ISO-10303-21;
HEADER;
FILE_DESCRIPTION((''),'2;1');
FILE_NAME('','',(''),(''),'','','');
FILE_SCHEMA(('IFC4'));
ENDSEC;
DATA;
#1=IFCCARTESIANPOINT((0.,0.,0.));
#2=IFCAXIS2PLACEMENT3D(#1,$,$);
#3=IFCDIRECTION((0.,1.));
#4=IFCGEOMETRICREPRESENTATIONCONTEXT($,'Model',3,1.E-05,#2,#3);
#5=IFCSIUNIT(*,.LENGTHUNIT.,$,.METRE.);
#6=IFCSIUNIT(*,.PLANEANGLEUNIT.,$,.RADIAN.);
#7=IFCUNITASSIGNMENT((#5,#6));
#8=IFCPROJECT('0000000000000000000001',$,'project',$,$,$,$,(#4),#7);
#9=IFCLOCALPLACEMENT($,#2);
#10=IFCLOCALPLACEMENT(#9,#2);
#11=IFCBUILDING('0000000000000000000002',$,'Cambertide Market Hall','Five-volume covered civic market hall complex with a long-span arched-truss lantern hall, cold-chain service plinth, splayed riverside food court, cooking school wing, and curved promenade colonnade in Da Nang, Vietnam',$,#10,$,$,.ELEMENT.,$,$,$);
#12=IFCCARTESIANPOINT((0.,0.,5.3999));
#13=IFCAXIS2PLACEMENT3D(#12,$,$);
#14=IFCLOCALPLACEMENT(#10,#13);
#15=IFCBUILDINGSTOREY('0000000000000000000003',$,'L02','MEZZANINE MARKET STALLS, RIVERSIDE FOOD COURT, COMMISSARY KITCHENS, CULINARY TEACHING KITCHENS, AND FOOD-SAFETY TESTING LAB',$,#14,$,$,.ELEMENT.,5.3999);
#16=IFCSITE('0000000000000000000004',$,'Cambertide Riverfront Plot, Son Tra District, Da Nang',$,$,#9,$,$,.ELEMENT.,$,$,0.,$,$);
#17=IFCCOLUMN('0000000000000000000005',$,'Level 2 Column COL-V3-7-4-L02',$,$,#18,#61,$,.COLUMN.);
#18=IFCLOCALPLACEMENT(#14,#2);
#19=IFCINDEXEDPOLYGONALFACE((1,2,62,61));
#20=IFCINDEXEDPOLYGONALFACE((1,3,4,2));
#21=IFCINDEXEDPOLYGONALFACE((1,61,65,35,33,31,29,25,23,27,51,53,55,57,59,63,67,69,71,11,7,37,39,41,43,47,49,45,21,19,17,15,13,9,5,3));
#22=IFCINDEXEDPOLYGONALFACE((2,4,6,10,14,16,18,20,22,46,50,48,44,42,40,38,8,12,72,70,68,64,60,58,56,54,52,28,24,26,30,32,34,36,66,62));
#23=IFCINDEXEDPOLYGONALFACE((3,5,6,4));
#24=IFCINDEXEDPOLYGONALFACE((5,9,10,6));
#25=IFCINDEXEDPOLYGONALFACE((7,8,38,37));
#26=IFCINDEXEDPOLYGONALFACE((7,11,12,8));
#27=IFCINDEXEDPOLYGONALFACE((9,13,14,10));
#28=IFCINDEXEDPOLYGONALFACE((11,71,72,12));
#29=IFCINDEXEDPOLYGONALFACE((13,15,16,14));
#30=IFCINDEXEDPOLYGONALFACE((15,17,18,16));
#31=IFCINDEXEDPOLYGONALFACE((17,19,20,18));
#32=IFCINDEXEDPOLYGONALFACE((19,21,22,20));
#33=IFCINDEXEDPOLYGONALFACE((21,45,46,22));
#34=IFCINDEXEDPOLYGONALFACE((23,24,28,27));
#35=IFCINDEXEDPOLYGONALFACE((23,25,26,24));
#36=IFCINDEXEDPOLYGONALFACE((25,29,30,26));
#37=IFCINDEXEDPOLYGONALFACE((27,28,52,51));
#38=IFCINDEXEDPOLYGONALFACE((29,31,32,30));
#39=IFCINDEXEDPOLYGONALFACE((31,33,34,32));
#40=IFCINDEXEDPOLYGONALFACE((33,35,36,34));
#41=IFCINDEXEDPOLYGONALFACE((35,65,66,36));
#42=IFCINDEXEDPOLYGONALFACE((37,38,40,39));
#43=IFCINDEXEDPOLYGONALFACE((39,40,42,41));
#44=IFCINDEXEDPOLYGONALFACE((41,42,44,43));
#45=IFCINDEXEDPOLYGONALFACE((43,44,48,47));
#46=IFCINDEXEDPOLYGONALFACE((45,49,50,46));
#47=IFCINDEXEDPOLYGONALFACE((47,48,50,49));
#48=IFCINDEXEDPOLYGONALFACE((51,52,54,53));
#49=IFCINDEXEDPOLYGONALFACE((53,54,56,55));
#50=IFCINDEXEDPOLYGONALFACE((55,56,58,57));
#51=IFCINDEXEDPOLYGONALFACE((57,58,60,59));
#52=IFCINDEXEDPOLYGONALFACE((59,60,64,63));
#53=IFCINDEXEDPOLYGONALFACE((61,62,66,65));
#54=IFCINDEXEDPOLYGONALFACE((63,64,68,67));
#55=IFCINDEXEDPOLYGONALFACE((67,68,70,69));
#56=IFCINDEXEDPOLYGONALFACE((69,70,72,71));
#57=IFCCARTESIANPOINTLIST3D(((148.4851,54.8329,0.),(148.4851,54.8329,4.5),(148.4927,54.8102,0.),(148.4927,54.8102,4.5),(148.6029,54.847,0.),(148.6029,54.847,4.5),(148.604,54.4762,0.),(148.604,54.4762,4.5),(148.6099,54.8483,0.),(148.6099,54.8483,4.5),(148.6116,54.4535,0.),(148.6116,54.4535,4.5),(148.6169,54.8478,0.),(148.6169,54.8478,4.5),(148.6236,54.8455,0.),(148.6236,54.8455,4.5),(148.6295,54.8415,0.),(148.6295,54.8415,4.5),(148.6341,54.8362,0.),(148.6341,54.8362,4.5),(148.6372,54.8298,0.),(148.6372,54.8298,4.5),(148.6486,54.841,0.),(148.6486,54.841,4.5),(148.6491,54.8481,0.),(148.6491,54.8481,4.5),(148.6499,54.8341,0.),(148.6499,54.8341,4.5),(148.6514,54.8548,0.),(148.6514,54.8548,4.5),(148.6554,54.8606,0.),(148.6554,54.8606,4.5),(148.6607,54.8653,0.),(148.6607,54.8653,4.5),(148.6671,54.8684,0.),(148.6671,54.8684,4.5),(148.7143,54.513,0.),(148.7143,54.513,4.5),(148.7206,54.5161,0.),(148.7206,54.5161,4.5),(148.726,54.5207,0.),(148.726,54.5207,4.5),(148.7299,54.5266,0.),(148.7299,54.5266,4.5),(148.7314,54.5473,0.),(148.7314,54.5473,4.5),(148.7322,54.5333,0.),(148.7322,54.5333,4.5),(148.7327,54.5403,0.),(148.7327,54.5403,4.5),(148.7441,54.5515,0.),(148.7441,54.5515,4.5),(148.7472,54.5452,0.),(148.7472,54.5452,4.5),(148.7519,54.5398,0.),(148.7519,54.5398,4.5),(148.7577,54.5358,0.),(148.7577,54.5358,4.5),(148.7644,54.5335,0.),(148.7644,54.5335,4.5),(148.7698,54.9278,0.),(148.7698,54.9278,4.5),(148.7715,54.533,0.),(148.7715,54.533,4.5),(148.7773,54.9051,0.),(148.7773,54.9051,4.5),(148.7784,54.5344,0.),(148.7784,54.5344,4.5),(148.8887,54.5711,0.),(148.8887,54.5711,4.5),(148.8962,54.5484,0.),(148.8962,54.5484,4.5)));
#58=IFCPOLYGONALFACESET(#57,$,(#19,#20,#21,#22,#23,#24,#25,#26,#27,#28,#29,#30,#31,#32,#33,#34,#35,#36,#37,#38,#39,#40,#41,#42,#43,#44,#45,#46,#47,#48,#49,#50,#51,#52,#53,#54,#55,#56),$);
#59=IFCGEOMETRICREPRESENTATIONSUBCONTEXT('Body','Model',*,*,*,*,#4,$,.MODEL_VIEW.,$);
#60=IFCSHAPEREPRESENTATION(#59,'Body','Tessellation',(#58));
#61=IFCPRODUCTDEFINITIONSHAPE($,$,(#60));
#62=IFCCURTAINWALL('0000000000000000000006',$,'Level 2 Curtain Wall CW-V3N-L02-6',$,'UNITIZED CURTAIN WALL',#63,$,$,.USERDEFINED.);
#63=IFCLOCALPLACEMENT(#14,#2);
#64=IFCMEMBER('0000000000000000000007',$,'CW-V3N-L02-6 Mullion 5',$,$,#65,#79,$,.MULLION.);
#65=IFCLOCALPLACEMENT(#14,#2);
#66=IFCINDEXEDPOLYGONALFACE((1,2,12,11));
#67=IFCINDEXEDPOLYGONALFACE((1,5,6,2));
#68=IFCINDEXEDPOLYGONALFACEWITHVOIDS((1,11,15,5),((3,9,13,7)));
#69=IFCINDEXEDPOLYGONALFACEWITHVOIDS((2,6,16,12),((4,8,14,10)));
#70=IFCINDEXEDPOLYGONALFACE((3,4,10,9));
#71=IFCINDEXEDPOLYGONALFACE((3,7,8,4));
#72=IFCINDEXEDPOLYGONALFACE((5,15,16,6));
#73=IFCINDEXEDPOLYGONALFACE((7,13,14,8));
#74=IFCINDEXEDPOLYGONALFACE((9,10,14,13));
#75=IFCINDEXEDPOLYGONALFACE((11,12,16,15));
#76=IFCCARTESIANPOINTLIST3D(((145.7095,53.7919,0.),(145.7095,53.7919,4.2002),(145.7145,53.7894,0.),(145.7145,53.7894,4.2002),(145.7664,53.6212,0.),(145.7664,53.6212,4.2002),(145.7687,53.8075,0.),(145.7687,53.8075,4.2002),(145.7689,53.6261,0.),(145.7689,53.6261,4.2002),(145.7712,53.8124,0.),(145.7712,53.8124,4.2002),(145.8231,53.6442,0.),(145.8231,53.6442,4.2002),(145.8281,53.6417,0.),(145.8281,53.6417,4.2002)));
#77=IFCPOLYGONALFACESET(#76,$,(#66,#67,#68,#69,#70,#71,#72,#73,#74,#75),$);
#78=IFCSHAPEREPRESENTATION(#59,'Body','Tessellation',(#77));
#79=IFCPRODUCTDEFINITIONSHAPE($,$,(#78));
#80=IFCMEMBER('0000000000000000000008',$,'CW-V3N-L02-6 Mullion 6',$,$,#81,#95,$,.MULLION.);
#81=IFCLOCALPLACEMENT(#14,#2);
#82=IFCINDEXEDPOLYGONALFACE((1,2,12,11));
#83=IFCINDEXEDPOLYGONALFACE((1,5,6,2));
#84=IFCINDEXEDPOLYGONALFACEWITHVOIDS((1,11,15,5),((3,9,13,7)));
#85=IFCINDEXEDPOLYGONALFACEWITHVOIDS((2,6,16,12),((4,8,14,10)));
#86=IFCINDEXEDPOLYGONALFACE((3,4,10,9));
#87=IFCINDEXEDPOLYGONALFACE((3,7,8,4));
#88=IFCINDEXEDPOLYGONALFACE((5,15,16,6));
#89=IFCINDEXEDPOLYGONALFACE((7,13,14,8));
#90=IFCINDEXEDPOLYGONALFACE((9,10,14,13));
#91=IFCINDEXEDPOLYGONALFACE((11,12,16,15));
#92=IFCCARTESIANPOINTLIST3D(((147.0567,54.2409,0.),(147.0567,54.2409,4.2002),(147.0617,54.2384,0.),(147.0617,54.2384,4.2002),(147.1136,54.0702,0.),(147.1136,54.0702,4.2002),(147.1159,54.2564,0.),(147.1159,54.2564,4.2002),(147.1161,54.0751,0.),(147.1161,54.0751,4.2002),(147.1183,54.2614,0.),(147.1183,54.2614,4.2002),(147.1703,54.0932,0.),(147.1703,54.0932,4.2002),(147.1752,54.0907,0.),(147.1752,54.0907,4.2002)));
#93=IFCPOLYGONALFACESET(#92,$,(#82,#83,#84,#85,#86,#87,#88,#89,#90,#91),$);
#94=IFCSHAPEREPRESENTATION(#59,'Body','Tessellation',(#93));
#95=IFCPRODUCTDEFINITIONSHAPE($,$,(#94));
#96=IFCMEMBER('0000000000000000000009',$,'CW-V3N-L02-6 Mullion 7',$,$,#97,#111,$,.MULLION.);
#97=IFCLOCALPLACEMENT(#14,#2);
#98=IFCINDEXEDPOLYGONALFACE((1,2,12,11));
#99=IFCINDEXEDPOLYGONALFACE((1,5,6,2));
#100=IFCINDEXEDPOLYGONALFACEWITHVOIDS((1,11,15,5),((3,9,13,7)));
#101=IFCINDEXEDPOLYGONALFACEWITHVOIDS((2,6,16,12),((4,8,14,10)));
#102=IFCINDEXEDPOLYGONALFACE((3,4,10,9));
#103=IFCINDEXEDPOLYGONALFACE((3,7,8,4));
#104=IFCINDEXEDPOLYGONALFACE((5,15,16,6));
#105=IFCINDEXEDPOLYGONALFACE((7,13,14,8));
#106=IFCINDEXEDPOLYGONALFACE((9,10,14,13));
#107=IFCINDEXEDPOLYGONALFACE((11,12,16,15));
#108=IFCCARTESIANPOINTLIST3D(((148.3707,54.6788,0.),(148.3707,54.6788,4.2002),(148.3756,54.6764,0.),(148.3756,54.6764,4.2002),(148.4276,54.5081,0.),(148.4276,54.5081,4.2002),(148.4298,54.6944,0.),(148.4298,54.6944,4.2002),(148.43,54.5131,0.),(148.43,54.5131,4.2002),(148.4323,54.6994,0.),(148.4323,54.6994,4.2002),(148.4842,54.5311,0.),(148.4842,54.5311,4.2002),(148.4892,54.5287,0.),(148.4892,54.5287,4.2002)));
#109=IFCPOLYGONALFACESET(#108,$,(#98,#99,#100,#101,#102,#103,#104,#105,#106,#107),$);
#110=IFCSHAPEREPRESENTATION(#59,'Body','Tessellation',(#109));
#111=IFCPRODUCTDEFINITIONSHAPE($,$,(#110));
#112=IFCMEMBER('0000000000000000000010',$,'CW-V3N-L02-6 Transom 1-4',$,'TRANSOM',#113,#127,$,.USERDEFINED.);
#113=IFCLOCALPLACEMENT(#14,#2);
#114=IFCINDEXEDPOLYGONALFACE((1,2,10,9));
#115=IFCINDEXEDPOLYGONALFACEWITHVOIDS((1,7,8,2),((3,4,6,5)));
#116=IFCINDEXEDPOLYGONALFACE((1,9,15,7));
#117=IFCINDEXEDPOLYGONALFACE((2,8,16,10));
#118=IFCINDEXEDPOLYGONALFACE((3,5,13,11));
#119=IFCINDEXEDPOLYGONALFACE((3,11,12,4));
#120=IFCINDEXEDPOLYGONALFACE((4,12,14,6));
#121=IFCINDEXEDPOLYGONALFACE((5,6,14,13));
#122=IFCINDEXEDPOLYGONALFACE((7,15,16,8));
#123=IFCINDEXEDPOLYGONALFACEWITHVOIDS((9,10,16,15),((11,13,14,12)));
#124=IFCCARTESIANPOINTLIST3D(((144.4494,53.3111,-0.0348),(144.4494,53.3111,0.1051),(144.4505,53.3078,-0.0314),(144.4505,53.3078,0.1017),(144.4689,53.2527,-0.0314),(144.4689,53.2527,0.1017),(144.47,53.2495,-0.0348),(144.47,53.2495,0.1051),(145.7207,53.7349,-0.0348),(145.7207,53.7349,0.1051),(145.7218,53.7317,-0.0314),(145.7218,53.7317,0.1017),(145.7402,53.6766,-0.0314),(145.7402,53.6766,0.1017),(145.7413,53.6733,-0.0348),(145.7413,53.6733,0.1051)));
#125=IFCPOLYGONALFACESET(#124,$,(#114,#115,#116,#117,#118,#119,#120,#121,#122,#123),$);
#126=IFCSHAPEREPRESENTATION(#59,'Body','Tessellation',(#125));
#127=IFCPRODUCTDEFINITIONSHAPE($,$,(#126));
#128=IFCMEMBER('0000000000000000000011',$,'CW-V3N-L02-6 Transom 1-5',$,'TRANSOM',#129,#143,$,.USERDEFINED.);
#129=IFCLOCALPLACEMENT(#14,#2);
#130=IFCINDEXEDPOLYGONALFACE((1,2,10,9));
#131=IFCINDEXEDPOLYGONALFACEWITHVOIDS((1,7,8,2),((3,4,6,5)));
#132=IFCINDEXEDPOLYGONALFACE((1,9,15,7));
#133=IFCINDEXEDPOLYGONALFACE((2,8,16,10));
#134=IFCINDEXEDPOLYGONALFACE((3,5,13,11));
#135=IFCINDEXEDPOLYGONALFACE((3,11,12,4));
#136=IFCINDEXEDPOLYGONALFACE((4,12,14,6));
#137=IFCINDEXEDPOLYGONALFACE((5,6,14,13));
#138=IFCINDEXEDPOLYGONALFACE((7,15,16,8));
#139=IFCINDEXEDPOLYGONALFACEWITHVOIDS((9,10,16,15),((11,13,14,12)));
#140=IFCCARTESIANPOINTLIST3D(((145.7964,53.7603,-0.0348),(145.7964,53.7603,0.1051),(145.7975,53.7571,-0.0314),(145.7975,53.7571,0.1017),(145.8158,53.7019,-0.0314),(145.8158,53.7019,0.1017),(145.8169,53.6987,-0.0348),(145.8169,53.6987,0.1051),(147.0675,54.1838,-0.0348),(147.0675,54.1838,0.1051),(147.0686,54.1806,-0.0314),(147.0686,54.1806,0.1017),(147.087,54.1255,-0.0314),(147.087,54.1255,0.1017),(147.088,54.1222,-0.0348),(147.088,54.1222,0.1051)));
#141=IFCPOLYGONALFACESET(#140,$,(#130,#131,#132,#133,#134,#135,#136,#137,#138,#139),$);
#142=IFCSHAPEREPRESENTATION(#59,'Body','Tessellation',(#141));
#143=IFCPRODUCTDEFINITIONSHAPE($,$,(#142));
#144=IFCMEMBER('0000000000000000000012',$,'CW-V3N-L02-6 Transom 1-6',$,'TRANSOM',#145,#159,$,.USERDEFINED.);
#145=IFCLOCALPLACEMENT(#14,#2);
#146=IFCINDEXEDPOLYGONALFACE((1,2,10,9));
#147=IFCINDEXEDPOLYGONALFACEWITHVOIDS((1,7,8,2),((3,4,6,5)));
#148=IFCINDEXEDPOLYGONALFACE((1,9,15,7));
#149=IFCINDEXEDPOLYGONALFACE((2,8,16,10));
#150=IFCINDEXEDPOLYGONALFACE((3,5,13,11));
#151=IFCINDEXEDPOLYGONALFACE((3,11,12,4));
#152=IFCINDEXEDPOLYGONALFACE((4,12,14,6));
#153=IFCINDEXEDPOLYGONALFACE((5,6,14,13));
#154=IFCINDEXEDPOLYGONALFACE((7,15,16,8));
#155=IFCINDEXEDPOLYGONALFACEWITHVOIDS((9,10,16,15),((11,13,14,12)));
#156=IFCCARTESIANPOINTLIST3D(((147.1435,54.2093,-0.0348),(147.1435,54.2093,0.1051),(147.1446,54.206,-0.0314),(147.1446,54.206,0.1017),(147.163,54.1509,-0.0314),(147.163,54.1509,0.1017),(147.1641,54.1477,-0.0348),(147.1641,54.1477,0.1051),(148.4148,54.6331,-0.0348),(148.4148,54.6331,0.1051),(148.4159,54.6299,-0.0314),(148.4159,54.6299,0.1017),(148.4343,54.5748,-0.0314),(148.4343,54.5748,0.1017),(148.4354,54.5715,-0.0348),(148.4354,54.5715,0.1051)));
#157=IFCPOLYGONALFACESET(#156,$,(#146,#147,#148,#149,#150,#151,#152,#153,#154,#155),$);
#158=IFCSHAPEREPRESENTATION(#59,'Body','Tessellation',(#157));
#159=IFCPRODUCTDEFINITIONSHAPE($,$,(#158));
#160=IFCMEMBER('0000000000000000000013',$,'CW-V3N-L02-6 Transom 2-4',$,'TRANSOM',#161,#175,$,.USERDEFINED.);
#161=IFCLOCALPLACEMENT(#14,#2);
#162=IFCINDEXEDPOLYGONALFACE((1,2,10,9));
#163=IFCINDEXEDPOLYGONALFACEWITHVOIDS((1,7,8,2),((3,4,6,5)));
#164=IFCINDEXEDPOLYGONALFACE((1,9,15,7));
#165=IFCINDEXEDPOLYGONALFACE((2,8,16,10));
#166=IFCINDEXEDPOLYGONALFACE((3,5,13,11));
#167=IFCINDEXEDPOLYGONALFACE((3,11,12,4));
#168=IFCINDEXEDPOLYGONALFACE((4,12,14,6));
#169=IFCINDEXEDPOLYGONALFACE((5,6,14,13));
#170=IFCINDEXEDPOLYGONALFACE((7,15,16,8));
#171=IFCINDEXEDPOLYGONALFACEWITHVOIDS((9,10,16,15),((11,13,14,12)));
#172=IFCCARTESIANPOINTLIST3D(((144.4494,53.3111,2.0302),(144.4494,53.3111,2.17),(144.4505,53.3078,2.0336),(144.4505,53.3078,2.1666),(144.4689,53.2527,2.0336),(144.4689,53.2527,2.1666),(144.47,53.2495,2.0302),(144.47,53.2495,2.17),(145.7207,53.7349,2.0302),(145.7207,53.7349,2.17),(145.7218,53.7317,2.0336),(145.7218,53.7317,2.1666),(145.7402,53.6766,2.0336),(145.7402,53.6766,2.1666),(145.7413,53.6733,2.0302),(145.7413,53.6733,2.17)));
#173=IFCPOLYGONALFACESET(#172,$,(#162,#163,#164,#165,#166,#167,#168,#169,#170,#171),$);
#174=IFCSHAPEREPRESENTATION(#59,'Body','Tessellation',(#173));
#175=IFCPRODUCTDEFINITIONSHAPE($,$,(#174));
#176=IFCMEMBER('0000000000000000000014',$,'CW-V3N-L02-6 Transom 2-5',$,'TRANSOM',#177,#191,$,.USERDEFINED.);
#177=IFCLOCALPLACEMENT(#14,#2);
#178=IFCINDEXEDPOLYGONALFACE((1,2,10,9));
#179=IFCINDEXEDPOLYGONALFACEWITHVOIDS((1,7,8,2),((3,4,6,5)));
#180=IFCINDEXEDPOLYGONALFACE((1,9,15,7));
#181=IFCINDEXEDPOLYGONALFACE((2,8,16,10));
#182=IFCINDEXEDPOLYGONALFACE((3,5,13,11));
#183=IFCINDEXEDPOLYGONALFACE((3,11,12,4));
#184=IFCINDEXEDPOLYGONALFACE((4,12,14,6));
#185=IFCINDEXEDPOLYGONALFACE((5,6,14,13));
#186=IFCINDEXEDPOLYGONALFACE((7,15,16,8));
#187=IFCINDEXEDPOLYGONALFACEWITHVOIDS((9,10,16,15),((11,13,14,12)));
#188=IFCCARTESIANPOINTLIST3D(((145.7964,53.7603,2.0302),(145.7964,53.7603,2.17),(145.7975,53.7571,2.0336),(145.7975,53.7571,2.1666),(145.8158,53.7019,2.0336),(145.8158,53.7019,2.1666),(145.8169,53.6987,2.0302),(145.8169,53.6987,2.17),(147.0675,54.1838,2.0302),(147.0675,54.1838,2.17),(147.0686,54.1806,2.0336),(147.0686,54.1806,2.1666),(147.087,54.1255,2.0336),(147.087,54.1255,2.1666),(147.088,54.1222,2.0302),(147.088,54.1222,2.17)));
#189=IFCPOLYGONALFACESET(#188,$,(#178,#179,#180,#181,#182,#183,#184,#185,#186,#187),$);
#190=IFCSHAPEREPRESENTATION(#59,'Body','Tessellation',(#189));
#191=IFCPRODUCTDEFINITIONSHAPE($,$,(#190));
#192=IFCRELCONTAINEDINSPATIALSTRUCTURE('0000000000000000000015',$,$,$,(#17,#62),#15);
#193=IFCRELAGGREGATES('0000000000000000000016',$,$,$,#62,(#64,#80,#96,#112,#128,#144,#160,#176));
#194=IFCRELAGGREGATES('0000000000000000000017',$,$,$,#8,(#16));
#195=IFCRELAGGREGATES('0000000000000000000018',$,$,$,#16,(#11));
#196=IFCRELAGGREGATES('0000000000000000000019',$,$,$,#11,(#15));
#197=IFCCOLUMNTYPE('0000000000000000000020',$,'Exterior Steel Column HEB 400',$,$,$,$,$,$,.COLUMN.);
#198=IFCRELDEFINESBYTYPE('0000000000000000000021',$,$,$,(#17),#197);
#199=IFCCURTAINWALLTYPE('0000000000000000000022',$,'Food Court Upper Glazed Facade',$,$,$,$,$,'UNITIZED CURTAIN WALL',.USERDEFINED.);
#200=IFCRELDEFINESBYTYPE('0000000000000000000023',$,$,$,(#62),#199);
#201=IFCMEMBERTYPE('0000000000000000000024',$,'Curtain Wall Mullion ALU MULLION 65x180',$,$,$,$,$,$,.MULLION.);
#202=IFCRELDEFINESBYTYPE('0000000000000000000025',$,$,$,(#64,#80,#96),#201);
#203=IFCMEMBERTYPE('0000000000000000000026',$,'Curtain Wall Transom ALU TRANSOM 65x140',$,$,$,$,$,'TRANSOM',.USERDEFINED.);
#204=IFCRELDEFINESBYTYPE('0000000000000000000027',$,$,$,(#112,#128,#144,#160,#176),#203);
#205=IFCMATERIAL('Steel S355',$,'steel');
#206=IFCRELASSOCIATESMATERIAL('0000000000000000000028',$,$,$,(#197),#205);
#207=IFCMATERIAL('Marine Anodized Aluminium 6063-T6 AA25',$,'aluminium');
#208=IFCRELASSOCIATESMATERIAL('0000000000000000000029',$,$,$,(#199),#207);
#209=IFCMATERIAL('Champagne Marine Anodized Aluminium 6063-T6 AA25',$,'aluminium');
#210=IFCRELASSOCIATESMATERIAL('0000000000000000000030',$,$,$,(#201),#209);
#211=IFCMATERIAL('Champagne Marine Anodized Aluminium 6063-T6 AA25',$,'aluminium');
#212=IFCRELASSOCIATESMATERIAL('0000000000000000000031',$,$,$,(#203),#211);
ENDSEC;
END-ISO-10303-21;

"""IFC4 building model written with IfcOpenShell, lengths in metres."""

from ifc_helpers import new_model, si_unit, direction, frame, origin, origin_2d, place, context, subcontext, project, spatial, hollow_rectangle, i_section, extrude, material, material_profile, profile_set, type_object, element, aggregate, save


model = new_model("IFC4")

# Units and contexts
model_context = context("Model", 3, precision=1e-05, world=origin(), true_north=direction((0.0, 1.0)))
body_context = subcontext(model_context, "Body", "Model", "MODEL_VIEW")
ifc_project = project(units=[si_unit("LENGTHUNIT", "METRE"), si_unit("PLANEANGLEUNIT", "RADIAN")], contexts=[model_context])

# Site, building, storey
site_placement = place(None, origin())
site = spatial("IfcSite", under=ifc_project, at=site_placement, Name="Cambertide Riverfront Plot, Son Tra District, Da Nang", CompositionType="ELEMENT", RefElevation=0.0)
building_placement = place(site_placement, origin())
building = spatial("IfcBuilding", under=site, at=building_placement, Name="Cambertide Market Hall", Description="Five-volume covered civic market hall complex with a long-span arched-truss lantern hall, cold-chain service plinth, splayed riverside food court, cooking school wing, and curved promenade colonnade in Da Nang, Vietnam", CompositionType="ELEMENT")
storey_placement = place(building_placement, frame((0.0, 0.0, 5.3999)))
storey = spatial("IfcBuildingStorey", under=building, at=storey_placement, Name="L02", Description="MEZZANINE MARKET STALLS, RIVERSIDE FOOD COURT, COMMISSARY KITCHENS, CULINARY TEACHING KITCHENS, AND FOOD-SAFETY TESTING LAB", CompositionType="ELEMENT", Elevation=5.3999)

# Column
ifc_material_1 = material(Name="Steel S355", Category="steel")
ifc_material_profile_1 = material_profile(ifc_material_1, i_section(OverallWidth=0.3, OverallDepth=0.3999, WebThickness=0.0134, FlangeThickness=0.0239, FilletRadius=0.0271, at=origin_2d()), Name="HEB 400")
ifc_profile_set_1 = profile_set([ifc_material_profile_1], Name="Steel S355")
column_type = type_object("IfcColumnType", Name="Exterior Steel Column HEB 400", PredefinedType="COLUMN", material=ifc_profile_set_1)
column_placement = place(storey_placement, frame((148.6907, 54.6907, 0.0), z_axis=(0.0, 0.0, 1.0), x_axis=(0.948683, 0.316228, 0.0)))
element("IfcColumn", 1, at=column_placement, inside=storey, type_object=column_type, Name="Level 2 Column COL-V3-7-4-L02", PredefinedType="COLUMN", context=body_context, shape_type="SweptSolid", body=[
    extrude(i_section(OverallWidth=0.3, OverallDepth=0.3999, WebThickness=0.0134, FlangeThickness=0.0239, FilletRadius=0.0271, at=origin_2d()), origin(), (0.0, 0.0, 1.0), 4.5),
])

# Curtain wall, members
ifc_material_2 = material(Name="Marine Anodized Aluminium 6063-T6 AA25", Category="aluminium")
curtain_wall_type = type_object("IfcCurtainWallType", Name="Food Court Upper Glazed Facade", ElementType="UNITIZED CURTAIN WALL", PredefinedType="USERDEFINED", material=ifc_material_2)
curtain_wall_placement = place(storey_placement, origin())
curtain_wall = element("IfcCurtainWall", 2, at=curtain_wall_placement, inside=storey, type_object=curtain_wall_type, Name="Level 2 Curtain Wall CW-V3N-L02-6", ObjectType="UNITIZED CURTAIN WALL", PredefinedType="USERDEFINED")
ifc_material_3 = material(Name="Champagne Marine Anodized Aluminium 6063-T6 AA25", Category="aluminium")
ifc_material_profile_2 = material_profile(ifc_material_3, hollow_rectangle(XDim=0.0649, YDim=0.1799, WallThickness=0.0039, at=origin_2d()), Name="ALU MULLION 65x180")
ifc_profile_set_2 = profile_set([ifc_material_profile_2], Name="Champagne Marine Anodized Aluminium 6063-T6 AA25")
member_type_1 = type_object("IfcMemberType", Name="Curtain Wall Mullion ALU MULLION 65x180", PredefinedType="MULLION", material=ifc_profile_set_2)
member_1_placement = place(storey_placement, frame((145.7688, 53.7168, 0.0), z_axis=(0.0, 0.0, 1.0), x_axis=(0.948683, 0.316228, 0.0)))
member_1 = element("IfcMember", 3, at=member_1_placement, type_object=member_type_1, Name="CW-V3N-L02-6 Mullion 5", PredefinedType="MULLION", context=body_context, shape_type="SweptSolid", body=[
    extrude(hollow_rectangle(XDim=0.0649, YDim=0.1799, WallThickness=0.0039, at=origin_2d()), origin(), (0.0, 0.0, 1.0), 4.2002),
])
member_2_placement = place(storey_placement, frame((147.116, 54.1658, 0.0), z_axis=(0.0, 0.0, 1.0), x_axis=(0.948683, 0.316228, 0.0)))
member_2 = element("IfcMember", 4, at=member_2_placement, type_object=member_type_1, Name="CW-V3N-L02-6 Mullion 6", PredefinedType="MULLION", context=body_context, shape_type="SweptSolid", body=[
    extrude(hollow_rectangle(XDim=0.0649, YDim=0.1799, WallThickness=0.0039, at=origin_2d()), origin(), (0.0, 0.0, 1.0), 4.2002),
])
member_3_placement = place(storey_placement, frame((148.4299, 54.6038, 0.0), z_axis=(0.0, 0.0, 1.0), x_axis=(0.948683, 0.316228, 0.0)))
member_3 = element("IfcMember", 5, at=member_3_placement, type_object=member_type_1, Name="CW-V3N-L02-6 Mullion 7", PredefinedType="MULLION", context=body_context, shape_type="SweptSolid", body=[
    extrude(hollow_rectangle(XDim=0.0649, YDim=0.1799, WallThickness=0.0039, at=origin_2d()), origin(), (0.0, 0.0, 1.0), 4.2002),
])
ifc_material_4 = material(Name="Champagne Marine Anodized Aluminium 6063-T6 AA25", Category="aluminium")
ifc_material_profile_3 = material_profile(ifc_material_4, hollow_rectangle(XDim=0.0649, YDim=0.1399, WallThickness=0.0034, at=origin_2d()), Name="ALU TRANSOM 65x140")
ifc_profile_set_3 = profile_set([ifc_material_profile_3], Name="Champagne Marine Anodized Aluminium 6063-T6 AA25")
member_type_2 = type_object("IfcMemberType", Name="Curtain Wall Transom ALU TRANSOM 65x140", ElementType="TRANSOM", PredefinedType="USERDEFINED", material=ifc_profile_set_3)
member_4_placement = place(storey_placement, frame((144.4597, 53.2803, 0.0352), z_axis=(0.948665, 0.316282, 0.0), x_axis=(-0.316282, 0.948665, 0.0)))
member_4 = element("IfcMember", 6, at=member_4_placement, type_object=member_type_2, Name="CW-V3N-L02-6 Transom 1-4", ObjectType="TRANSOM", PredefinedType="USERDEFINED", context=body_context, shape_type="SweptSolid", body=[
    extrude(hollow_rectangle(XDim=0.0649, YDim=0.1399, WallThickness=0.0034, at=origin_2d()), origin(), (0.0, 0.0, 1.0), 1.3401),
])
member_5_placement = place(storey_placement, frame((145.8066, 53.7295, 0.0352), z_axis=(0.94872, 0.316118, 0.0), x_axis=(-0.316118, 0.94872, 0.0)))
member_5 = element("IfcMember", 7, at=member_5_placement, type_object=member_type_2, Name="CW-V3N-L02-6 Transom 1-5", ObjectType="TRANSOM", PredefinedType="USERDEFINED", context=body_context, shape_type="SweptSolid", body=[
    extrude(hollow_rectangle(XDim=0.0649, YDim=0.1399, WallThickness=0.0034, at=origin_2d()), origin(), (0.0, 0.0, 1.0), 1.3398),
])
member_6_placement = place(storey_placement, frame((147.1538, 54.1785, 0.0352), z_axis=(0.948665, 0.316282, 0.0), x_axis=(-0.316282, 0.948665, 0.0)))
member_6 = element("IfcMember", 8, at=member_6_placement, type_object=member_type_2, Name="CW-V3N-L02-6 Transom 1-6", ObjectType="TRANSOM", PredefinedType="USERDEFINED", context=body_context, shape_type="SweptSolid", body=[
    extrude(hollow_rectangle(XDim=0.0649, YDim=0.1399, WallThickness=0.0034, at=origin_2d()), origin(), (0.0, 0.0, 1.0), 1.3401),
])
member_7_placement = place(storey_placement, frame((144.4597, 53.2803, 2.1001), z_axis=(0.948665, 0.316282, 0.0), x_axis=(-0.316282, 0.948665, 0.0)))
member_7 = element("IfcMember", 9, at=member_7_placement, type_object=member_type_2, Name="CW-V3N-L02-6 Transom 2-4", ObjectType="TRANSOM", PredefinedType="USERDEFINED", context=body_context, shape_type="SweptSolid", body=[
    extrude(hollow_rectangle(XDim=0.0649, YDim=0.1399, WallThickness=0.0034, at=origin_2d()), origin(), (0.0, 0.0, 1.0), 1.3401),
])
member_8_placement = place(storey_placement, frame((145.8066, 53.7295, 2.1001), z_axis=(0.94872, 0.316118, 0.0), x_axis=(-0.316118, 0.94872, 0.0)))
member_8 = element("IfcMember", 10, at=member_8_placement, type_object=member_type_2, Name="CW-V3N-L02-6 Transom 2-5", ObjectType="TRANSOM", PredefinedType="USERDEFINED", context=body_context, shape_type="SweptSolid", body=[
    extrude(hollow_rectangle(XDim=0.0649, YDim=0.1399, WallThickness=0.0034, at=origin_2d()), origin(), (0.0, 0.0, 1.0), 1.3398),
])

aggregate(curtain_wall, [member_1, member_2, member_3, member_4, member_5, member_6, member_7, member_8])

save(model, "model.ifc")
